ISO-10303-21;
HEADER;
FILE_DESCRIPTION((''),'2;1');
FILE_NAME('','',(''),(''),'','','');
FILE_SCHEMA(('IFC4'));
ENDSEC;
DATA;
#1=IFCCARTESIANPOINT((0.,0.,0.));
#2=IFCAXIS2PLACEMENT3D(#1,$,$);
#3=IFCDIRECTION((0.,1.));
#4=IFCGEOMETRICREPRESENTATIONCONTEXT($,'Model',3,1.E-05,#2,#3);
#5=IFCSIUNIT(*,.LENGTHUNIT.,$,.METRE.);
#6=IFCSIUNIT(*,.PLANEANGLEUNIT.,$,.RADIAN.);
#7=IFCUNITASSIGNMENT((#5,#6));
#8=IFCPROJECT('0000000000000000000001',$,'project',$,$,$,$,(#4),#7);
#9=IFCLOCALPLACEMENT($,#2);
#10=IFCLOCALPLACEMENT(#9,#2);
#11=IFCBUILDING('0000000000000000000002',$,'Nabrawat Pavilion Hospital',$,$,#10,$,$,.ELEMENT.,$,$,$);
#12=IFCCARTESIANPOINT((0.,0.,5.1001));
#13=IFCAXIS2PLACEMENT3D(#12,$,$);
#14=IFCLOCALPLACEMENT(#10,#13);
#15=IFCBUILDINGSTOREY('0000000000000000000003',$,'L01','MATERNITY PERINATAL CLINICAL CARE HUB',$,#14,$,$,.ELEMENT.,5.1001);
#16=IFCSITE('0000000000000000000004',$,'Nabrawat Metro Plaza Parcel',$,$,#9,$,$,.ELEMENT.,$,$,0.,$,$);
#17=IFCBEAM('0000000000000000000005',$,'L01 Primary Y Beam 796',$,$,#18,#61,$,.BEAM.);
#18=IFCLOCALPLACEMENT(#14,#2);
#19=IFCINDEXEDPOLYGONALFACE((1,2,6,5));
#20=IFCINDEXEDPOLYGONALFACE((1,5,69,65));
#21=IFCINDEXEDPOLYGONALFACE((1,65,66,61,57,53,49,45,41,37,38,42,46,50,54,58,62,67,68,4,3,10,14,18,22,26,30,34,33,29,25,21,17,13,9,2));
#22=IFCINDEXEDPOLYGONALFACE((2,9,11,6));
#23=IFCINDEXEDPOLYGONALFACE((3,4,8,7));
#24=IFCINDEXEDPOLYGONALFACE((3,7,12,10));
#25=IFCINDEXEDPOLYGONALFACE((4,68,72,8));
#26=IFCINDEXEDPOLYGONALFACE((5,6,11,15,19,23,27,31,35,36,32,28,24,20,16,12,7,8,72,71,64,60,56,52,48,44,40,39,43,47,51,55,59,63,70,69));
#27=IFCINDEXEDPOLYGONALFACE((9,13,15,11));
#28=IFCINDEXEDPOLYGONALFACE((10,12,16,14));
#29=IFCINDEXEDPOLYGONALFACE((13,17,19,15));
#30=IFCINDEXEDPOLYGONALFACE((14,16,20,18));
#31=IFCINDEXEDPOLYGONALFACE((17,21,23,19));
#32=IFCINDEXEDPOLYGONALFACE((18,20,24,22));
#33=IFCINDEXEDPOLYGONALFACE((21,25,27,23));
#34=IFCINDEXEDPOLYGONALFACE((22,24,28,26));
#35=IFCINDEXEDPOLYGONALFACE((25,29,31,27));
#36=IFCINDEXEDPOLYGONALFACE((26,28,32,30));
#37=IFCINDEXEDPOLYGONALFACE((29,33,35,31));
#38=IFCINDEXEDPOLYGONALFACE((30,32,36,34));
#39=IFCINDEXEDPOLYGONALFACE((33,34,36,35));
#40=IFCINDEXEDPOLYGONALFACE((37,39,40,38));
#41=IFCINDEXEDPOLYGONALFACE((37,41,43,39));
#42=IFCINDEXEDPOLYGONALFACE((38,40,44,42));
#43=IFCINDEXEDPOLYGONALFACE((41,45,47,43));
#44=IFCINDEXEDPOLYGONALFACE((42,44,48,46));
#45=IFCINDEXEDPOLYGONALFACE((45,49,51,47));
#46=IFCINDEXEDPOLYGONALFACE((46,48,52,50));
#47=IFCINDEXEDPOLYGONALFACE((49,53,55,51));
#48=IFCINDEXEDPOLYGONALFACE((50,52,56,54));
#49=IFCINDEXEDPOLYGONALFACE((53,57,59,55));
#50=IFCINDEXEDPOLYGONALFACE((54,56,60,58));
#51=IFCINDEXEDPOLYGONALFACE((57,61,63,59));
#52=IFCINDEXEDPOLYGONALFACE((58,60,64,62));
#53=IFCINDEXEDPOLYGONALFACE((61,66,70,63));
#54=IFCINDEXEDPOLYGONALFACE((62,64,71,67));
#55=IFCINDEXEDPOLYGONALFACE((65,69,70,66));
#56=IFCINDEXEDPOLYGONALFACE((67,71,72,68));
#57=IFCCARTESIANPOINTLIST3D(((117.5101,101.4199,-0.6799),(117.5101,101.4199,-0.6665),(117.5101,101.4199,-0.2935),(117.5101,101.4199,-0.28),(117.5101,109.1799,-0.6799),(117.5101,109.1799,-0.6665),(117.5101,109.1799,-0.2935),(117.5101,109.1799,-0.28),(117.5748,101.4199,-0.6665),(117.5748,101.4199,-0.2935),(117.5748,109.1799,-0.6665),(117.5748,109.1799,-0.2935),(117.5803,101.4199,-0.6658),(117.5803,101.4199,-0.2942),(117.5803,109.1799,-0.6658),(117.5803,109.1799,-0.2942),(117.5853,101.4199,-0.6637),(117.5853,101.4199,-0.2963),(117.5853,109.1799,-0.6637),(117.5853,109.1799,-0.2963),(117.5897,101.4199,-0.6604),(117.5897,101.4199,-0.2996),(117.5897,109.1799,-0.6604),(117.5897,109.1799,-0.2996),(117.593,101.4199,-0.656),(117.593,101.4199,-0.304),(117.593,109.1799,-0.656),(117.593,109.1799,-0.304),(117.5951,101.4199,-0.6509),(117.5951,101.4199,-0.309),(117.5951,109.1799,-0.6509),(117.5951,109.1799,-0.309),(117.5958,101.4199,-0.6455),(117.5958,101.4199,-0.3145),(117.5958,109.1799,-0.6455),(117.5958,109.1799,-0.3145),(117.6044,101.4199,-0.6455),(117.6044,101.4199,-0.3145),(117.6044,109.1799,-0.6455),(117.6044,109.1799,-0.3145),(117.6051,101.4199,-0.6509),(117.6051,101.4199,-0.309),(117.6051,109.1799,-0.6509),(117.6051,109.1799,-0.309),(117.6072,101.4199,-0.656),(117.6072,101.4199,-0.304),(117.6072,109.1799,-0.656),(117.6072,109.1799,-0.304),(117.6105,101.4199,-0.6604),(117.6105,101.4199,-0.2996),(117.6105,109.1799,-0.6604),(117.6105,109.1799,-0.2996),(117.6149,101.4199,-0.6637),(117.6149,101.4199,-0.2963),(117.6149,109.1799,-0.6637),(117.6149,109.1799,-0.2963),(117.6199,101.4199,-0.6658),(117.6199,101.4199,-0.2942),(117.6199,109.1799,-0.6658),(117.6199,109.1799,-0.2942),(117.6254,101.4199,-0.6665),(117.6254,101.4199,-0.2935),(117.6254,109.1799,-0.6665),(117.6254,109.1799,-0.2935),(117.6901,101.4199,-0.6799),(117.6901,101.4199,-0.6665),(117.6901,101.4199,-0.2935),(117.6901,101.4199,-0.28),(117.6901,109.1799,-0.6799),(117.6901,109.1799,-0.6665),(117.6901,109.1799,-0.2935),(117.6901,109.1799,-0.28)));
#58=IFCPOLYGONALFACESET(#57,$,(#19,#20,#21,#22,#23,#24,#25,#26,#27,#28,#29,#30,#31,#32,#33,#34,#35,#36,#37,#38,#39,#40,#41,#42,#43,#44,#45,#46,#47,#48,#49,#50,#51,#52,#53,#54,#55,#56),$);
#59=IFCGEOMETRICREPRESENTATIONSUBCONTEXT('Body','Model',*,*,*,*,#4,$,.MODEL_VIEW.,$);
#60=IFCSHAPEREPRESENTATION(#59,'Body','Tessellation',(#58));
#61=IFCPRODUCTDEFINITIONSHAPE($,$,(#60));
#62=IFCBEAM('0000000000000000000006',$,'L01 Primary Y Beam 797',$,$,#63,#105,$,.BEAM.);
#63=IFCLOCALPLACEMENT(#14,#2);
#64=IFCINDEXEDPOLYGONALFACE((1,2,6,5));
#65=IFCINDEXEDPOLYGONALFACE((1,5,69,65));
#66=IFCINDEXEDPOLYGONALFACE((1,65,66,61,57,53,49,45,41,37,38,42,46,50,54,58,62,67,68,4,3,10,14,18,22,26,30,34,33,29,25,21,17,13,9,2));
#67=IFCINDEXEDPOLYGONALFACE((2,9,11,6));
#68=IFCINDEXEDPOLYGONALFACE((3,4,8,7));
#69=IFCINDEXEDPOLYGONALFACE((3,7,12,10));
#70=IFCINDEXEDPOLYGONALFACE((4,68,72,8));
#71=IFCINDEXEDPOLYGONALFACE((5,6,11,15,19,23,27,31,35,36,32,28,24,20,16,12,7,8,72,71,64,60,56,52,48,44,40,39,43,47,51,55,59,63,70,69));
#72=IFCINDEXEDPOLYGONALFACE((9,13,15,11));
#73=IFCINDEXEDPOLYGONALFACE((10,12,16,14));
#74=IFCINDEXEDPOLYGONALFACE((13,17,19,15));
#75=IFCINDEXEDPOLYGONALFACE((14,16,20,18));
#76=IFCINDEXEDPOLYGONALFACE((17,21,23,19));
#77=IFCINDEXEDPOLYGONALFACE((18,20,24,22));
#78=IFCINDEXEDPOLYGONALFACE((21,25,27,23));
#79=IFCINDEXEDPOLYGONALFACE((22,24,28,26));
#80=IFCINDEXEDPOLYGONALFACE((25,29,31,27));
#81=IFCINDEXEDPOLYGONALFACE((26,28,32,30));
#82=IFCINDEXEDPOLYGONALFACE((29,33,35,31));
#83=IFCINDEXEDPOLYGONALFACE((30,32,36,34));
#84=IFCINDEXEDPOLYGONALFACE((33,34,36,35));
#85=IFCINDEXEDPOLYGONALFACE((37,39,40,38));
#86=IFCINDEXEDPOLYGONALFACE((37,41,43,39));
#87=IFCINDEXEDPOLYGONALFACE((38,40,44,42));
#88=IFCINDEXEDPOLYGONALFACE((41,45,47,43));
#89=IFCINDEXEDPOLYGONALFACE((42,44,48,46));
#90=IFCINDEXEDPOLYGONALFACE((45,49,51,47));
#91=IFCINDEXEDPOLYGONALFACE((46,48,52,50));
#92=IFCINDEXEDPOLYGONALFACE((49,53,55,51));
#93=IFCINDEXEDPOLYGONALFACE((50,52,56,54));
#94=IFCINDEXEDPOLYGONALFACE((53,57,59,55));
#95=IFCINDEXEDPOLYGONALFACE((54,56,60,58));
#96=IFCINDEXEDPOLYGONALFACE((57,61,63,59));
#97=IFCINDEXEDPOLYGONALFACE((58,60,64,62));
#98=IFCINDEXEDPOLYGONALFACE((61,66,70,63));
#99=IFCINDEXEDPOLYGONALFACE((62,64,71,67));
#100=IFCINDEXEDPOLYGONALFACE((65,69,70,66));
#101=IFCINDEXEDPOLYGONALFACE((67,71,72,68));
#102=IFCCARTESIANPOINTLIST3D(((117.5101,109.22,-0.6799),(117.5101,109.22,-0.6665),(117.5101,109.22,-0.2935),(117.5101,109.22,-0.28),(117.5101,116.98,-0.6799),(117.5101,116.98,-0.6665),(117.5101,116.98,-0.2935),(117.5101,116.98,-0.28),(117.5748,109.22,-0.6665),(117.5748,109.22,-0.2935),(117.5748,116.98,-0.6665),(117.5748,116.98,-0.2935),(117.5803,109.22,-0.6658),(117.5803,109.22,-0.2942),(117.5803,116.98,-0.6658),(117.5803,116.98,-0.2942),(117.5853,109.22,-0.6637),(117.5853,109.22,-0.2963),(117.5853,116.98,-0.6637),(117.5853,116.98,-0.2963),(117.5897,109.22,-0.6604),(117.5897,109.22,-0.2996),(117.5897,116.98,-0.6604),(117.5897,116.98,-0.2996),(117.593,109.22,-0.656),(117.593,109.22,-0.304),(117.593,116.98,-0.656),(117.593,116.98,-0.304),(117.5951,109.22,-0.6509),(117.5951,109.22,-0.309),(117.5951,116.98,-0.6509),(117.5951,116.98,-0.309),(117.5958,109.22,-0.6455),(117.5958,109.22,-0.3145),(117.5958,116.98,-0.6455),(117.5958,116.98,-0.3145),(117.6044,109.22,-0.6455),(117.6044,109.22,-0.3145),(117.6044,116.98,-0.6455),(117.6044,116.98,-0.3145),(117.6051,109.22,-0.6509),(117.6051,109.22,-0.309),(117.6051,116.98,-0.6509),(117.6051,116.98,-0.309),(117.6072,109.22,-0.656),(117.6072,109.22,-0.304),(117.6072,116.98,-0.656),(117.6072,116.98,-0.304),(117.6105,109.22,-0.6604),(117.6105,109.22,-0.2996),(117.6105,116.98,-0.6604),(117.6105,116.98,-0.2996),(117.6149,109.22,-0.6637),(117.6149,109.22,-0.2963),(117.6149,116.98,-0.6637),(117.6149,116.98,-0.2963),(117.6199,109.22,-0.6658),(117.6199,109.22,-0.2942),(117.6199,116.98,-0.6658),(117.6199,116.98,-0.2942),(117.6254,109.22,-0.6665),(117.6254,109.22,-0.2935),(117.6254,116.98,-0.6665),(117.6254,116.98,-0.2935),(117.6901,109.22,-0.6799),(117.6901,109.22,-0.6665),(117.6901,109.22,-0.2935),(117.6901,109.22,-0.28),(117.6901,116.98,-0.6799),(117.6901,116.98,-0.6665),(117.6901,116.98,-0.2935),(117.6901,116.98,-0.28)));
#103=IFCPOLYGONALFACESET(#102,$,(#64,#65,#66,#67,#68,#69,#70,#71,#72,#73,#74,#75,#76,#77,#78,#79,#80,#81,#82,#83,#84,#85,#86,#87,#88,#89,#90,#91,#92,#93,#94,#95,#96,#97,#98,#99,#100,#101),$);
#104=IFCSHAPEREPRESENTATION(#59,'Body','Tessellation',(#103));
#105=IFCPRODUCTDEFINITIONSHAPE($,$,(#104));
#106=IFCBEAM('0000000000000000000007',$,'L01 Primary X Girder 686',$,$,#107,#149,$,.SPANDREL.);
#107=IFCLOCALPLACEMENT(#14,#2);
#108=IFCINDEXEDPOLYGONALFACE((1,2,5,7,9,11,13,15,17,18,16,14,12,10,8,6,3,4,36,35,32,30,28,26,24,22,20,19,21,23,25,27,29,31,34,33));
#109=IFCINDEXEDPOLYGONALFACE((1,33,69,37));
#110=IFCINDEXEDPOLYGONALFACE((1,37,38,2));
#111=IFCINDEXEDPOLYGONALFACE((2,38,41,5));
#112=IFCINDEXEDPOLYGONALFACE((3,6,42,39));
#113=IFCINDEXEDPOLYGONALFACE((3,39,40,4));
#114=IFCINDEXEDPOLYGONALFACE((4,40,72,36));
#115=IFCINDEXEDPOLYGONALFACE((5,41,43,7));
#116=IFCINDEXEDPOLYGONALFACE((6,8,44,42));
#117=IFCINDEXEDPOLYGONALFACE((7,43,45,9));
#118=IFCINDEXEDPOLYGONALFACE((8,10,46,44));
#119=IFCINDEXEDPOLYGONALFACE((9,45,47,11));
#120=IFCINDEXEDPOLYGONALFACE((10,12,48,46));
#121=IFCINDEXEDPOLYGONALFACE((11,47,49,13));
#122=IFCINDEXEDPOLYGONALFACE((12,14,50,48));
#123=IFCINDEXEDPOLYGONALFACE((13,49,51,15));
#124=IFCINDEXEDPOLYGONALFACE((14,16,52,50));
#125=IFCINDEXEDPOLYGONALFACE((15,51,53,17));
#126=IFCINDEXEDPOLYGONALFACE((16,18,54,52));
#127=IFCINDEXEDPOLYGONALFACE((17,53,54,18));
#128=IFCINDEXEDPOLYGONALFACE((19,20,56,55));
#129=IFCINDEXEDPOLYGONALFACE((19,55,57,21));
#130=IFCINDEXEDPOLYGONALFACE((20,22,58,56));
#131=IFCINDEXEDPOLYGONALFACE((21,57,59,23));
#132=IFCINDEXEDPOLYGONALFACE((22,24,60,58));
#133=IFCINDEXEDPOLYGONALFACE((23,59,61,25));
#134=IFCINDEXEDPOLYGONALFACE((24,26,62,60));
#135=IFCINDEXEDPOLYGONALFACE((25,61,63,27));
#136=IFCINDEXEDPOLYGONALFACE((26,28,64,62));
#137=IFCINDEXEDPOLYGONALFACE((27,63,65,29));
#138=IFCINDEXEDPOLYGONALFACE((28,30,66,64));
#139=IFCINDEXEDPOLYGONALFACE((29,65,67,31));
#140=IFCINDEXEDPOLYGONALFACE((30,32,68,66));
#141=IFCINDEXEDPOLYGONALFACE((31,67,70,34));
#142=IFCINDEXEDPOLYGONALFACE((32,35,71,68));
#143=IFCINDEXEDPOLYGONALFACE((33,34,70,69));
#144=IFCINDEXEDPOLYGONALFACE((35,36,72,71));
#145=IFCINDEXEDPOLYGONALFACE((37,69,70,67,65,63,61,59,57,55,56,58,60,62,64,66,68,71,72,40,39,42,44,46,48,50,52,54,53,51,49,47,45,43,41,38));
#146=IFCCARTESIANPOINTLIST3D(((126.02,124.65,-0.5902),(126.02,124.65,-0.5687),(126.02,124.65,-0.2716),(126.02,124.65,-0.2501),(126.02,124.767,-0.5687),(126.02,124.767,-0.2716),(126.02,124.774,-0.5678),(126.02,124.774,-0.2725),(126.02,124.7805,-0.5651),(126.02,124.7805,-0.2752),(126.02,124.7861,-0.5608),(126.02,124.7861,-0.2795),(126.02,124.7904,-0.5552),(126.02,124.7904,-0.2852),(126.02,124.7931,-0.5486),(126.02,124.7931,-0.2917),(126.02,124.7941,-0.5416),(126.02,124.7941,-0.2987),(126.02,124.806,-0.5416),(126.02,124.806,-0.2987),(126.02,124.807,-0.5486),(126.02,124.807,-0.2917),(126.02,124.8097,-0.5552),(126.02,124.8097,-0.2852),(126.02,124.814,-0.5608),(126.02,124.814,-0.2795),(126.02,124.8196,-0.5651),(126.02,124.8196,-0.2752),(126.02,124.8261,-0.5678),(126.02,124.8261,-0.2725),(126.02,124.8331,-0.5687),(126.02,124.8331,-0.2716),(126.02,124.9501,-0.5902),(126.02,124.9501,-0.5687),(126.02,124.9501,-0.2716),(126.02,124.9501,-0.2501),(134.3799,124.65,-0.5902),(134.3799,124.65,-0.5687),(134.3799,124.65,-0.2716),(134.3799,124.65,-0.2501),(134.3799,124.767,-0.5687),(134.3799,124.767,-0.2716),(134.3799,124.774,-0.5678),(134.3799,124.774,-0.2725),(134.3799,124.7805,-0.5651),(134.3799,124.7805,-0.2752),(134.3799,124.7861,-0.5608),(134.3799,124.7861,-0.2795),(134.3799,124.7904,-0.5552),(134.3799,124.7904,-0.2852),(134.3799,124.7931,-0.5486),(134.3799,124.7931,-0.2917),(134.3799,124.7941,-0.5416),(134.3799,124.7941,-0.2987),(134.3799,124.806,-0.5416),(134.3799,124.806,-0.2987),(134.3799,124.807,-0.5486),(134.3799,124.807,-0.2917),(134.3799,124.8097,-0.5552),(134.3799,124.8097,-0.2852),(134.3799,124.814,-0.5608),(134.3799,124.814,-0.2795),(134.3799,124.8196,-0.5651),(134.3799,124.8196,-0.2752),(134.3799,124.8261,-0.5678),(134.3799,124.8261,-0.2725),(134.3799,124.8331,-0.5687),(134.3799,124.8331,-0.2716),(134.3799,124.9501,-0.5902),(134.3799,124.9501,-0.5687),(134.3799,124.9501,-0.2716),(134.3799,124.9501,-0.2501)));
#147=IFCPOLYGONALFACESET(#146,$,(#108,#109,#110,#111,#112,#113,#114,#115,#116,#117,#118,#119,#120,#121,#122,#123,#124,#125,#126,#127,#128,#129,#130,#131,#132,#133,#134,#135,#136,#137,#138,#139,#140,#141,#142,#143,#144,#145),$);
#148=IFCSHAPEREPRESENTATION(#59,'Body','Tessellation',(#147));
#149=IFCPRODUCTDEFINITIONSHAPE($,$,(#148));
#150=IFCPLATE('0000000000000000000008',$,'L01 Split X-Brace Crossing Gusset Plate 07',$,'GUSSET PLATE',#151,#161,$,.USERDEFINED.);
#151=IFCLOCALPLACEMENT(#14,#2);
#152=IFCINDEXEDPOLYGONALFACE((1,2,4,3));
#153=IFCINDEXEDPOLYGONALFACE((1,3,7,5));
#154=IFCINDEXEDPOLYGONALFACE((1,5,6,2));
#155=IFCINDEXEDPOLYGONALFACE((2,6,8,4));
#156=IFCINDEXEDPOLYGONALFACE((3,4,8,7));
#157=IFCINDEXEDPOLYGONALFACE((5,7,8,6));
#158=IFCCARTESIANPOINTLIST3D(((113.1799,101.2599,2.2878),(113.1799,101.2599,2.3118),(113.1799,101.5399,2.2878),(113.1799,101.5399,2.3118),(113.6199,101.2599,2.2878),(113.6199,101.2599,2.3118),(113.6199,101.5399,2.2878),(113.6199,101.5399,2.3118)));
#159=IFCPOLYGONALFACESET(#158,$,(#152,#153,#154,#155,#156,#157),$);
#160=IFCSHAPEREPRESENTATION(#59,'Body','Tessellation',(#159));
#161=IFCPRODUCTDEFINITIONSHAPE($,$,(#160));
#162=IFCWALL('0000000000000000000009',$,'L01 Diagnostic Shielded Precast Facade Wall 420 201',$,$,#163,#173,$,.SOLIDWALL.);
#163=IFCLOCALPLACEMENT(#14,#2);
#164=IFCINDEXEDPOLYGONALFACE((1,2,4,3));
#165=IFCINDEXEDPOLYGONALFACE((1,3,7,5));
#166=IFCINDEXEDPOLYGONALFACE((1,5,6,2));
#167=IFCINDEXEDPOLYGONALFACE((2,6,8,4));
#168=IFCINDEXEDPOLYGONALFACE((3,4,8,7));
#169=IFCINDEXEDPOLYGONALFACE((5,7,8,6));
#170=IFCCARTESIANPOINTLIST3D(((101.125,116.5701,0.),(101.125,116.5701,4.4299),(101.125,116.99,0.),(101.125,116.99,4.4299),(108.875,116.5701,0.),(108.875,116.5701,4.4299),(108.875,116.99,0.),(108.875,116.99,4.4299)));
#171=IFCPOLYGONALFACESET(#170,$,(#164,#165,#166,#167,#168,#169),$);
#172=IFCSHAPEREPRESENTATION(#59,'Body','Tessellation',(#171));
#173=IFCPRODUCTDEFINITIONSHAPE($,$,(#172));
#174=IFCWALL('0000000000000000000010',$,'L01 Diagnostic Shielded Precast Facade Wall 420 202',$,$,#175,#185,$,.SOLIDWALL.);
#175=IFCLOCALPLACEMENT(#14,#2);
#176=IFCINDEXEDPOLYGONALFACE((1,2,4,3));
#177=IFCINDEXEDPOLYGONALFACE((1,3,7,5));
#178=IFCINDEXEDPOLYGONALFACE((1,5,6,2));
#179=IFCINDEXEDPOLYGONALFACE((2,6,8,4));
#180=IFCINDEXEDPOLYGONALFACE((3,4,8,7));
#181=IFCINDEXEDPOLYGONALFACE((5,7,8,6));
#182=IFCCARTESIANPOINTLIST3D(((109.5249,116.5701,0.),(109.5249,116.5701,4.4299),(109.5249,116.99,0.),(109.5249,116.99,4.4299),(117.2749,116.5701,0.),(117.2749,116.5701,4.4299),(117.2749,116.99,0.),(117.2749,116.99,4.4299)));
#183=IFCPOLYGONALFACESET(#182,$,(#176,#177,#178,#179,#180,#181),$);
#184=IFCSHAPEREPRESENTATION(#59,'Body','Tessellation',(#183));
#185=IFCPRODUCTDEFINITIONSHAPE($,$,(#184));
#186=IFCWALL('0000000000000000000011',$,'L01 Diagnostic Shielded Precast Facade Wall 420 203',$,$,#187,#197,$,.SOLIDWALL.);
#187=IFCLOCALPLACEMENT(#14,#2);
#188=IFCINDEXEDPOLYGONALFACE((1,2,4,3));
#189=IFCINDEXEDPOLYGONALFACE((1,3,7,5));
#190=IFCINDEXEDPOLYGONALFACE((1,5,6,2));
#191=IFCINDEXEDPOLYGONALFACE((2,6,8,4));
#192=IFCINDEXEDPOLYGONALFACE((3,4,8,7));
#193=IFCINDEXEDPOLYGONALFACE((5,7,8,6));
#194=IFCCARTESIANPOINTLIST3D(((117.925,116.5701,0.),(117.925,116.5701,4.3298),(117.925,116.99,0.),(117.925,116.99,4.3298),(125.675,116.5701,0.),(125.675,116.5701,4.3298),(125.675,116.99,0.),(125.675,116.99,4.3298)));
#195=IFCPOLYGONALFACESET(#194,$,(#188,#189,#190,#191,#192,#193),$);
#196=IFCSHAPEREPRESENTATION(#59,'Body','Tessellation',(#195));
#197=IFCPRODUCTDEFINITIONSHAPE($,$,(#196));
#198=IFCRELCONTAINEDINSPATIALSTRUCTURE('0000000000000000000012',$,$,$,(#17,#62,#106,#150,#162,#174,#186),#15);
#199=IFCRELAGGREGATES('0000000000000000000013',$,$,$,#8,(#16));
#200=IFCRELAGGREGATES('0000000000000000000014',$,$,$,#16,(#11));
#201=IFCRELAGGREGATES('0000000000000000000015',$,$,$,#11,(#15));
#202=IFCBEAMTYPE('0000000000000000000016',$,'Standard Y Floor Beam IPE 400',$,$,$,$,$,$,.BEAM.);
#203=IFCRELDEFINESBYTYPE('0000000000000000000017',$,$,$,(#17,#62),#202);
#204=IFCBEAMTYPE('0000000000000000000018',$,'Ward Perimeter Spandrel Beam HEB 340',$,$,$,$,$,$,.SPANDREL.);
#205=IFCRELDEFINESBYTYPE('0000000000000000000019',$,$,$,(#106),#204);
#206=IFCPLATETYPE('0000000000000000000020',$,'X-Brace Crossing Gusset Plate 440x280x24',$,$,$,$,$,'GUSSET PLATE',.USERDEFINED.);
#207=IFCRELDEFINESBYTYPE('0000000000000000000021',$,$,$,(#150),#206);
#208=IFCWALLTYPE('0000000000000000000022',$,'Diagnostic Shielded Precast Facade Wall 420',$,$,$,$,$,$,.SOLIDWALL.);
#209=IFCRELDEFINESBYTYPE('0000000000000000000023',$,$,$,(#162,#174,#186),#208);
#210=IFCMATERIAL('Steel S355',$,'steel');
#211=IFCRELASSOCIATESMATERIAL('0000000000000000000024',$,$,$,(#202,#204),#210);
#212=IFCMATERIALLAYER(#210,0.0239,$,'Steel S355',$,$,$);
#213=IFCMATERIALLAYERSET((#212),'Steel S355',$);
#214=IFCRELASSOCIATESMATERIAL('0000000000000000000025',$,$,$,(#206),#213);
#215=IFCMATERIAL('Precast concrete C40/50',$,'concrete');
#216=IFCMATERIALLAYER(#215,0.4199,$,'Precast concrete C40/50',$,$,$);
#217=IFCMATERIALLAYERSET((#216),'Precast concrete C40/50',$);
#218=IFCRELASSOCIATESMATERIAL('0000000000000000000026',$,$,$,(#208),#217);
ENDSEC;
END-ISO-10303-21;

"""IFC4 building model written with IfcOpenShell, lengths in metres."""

from ifc_helpers import new_model, si_unit, direction, frame, frame_2d, origin, origin_2d, place, context, subcontext, project, spatial, rectangle, i_section, extrude, material, layer, layer_set, material_profile, profile_set, type_object, element, save


model = new_model("IFC4")

# Units and contexts
model_context = context("Model", 3, precision=1e-05, world=origin(), true_north=direction((0.0, 1.0)))
body_context = subcontext(model_context, "Body", "Model", "MODEL_VIEW")
ifc_project = project(units=[si_unit("LENGTHUNIT", "METRE"), si_unit("PLANEANGLEUNIT", "RADIAN")], contexts=[model_context])

# Site, building, storey
site_placement = place(None, origin())
site = spatial("IfcSite", under=ifc_project, at=site_placement, Name="Nabrawat Metro Plaza Parcel", CompositionType="ELEMENT", RefElevation=0.0)
building_placement = place(site_placement, origin())
building = spatial("IfcBuilding", under=site, at=building_placement, Name="Nabrawat Pavilion Hospital", CompositionType="ELEMENT")
storey_placement = place(building_placement, frame((0.0, 0.0, 5.1001)))
storey = spatial("IfcBuildingStorey", under=building, at=storey_placement, Name="L01", Description="MATERNITY PERINATAL CLINICAL CARE HUB", CompositionType="ELEMENT", Elevation=5.1001)

# Shared definitions
ifc_material_1 = material(Name="Steel S355", Category="steel")

# Beams
ifc_material_profile_1 = material_profile(ifc_material_1, i_section(OverallWidth=0.1799, OverallDepth=0.3999, WebThickness=0.0085, FlangeThickness=0.0134, FilletRadius=0.021, at=origin_2d()), Name="IPE 400")
ifc_profile_set_1 = profile_set([ifc_material_profile_1], Name="Steel S355")
beam_type_1 = type_object("IfcBeamType", Name="Standard Y Floor Beam IPE 400", PredefinedType="BEAM", material=ifc_profile_set_1)
for number, where, z_axis, x_axis, name in (
    (1, (117.6001, 101.4199, -0.48), (0.0, 1.0, 0.0), (-1.0, 0.0, 0.0), "L01 Primary Y Beam 796"),
    (2, (117.6001, 109.22, -0.48), (0.0, 1.0, 0.0), (-1.0, 0.0, 0.0), "L01 Primary Y Beam 797"),
):
    element("IfcBeam", number, at=place(storey_placement, frame(where, z_axis=z_axis, x_axis=x_axis)), inside=storey, type_object=beam_type_1, Name=name, PredefinedType="BEAM", context=body_context, shape_type="SweptSolid", body=[
        extrude(i_section(OverallWidth=0.1799, OverallDepth=0.3999, WebThickness=0.0085, FlangeThickness=0.0134, FilletRadius=0.021, at=origin_2d()), origin(), (0.0, 0.0, 1.0), 7.76),
    ])
ifc_material_profile_2 = material_profile(ifc_material_1, i_section(OverallWidth=0.3, OverallDepth=0.3401, WebThickness=0.012, FlangeThickness=0.0215, FilletRadius=0.0271, at=origin_2d()), Name="HEB 340")
ifc_profile_set_2 = profile_set([ifc_material_profile_2], Name="Steel S355")
beam_type_2 = type_object("IfcBeamType", Name="Ward Perimeter Spandrel Beam HEB 340", PredefinedType="SPANDREL", material=ifc_profile_set_2)
beam_1_placement = place(storey_placement, frame((126.02, 124.8, -0.4202), z_axis=(1.0, 0.0, 0.0), x_axis=(0.0, 1.0, 0.0)))
element("IfcBeam", 3, at=beam_1_placement, inside=storey, type_object=beam_type_2, Name="L01 Primary X Girder 686", PredefinedType="SPANDREL", context=body_context, shape_type="SweptSolid", body=[
    extrude(i_section(OverallWidth=0.3, OverallDepth=0.3401, WebThickness=0.012, FlangeThickness=0.0215, FilletRadius=0.0271, at=origin_2d()), origin(), (0.0, 0.0, 1.0), 8.3599),
])

# Plate
ifc_layer_1 = layer(ifc_material_1, 0.0239, Name="Steel S355")
ifc_layer_set_1 = layer_set([ifc_layer_1], Name="Steel S355")
plate_type = type_object("IfcPlateType", Name="X-Brace Crossing Gusset Plate 440x280x24", ElementType="GUSSET PLATE", PredefinedType="USERDEFINED", material=ifc_layer_set_1)
plate_placement = place(storey_placement, frame((113.3999, 101.3999, 2.2878), z_axis=(0.0, 0.0, 1.0), x_axis=(1.0, 0.0, 0.0)))
element("IfcPlate", 4, at=plate_placement, inside=storey, type_object=plate_type, Name="L01 Split X-Brace Crossing Gusset Plate 07", ObjectType="GUSSET PLATE", PredefinedType="USERDEFINED", context=body_context, shape_type="SweptSolid", body=[
    extrude(rectangle(XDim=0.4399, YDim=0.28, at=origin_2d()), origin(), (0.0, 0.0, 1.0), 0.0239),
])

# Walls
ifc_material_2 = material(Name="Precast concrete C40/50", Category="concrete")
ifc_layer_2 = layer(ifc_material_2, 0.4199, Name="Precast concrete C40/50")
ifc_layer_set_2 = layer_set([ifc_layer_2], Name="Precast concrete C40/50")
wall_type = type_object("IfcWallType", Name="Diagnostic Shielded Precast Facade Wall 420", PredefinedType="SOLIDWALL", material=ifc_layer_set_2)
for number, where, z_axis, x_axis, name in (
    (5, (101.125, 116.78, 0.0), (0.0, 0.0, 1.0), (1.0, 0.0, 0.0), "L01 Diagnostic Shielded Precast Facade Wall 420 201"),
    (6, (109.5249, 116.78, 0.0), (0.0, 0.0, 1.0), (1.0, 0.0, 0.0), "L01 Diagnostic Shielded Precast Facade Wall 420 202"),
):
    element("IfcWall", number, at=place(storey_placement, frame(where, z_axis=z_axis, x_axis=x_axis)), inside=storey, type_object=wall_type, Name=name, PredefinedType="SOLIDWALL", context=body_context, shape_type="SweptSolid", body=[
        extrude(rectangle(XDim=7.75, YDim=0.4199, at=frame_2d((3.875, 0.0))), origin(), (0.0, 0.0, 1.0), 4.4299),
    ])
wall_1_placement = place(storey_placement, frame((117.925, 116.78, 0.0), z_axis=(0.0, 0.0, 1.0), x_axis=(1.0, 0.0, 0.0)))
element("IfcWall", 7, at=wall_1_placement, inside=storey, type_object=wall_type, Name="L01 Diagnostic Shielded Precast Facade Wall 420 203", PredefinedType="SOLIDWALL", context=body_context, shape_type="SweptSolid", body=[
    extrude(rectangle(XDim=7.75, YDim=0.4199, at=frame_2d((3.875, 0.0))), origin(), (0.0, 0.0, 1.0), 4.3298),
])

save(model, "model.ifc")
